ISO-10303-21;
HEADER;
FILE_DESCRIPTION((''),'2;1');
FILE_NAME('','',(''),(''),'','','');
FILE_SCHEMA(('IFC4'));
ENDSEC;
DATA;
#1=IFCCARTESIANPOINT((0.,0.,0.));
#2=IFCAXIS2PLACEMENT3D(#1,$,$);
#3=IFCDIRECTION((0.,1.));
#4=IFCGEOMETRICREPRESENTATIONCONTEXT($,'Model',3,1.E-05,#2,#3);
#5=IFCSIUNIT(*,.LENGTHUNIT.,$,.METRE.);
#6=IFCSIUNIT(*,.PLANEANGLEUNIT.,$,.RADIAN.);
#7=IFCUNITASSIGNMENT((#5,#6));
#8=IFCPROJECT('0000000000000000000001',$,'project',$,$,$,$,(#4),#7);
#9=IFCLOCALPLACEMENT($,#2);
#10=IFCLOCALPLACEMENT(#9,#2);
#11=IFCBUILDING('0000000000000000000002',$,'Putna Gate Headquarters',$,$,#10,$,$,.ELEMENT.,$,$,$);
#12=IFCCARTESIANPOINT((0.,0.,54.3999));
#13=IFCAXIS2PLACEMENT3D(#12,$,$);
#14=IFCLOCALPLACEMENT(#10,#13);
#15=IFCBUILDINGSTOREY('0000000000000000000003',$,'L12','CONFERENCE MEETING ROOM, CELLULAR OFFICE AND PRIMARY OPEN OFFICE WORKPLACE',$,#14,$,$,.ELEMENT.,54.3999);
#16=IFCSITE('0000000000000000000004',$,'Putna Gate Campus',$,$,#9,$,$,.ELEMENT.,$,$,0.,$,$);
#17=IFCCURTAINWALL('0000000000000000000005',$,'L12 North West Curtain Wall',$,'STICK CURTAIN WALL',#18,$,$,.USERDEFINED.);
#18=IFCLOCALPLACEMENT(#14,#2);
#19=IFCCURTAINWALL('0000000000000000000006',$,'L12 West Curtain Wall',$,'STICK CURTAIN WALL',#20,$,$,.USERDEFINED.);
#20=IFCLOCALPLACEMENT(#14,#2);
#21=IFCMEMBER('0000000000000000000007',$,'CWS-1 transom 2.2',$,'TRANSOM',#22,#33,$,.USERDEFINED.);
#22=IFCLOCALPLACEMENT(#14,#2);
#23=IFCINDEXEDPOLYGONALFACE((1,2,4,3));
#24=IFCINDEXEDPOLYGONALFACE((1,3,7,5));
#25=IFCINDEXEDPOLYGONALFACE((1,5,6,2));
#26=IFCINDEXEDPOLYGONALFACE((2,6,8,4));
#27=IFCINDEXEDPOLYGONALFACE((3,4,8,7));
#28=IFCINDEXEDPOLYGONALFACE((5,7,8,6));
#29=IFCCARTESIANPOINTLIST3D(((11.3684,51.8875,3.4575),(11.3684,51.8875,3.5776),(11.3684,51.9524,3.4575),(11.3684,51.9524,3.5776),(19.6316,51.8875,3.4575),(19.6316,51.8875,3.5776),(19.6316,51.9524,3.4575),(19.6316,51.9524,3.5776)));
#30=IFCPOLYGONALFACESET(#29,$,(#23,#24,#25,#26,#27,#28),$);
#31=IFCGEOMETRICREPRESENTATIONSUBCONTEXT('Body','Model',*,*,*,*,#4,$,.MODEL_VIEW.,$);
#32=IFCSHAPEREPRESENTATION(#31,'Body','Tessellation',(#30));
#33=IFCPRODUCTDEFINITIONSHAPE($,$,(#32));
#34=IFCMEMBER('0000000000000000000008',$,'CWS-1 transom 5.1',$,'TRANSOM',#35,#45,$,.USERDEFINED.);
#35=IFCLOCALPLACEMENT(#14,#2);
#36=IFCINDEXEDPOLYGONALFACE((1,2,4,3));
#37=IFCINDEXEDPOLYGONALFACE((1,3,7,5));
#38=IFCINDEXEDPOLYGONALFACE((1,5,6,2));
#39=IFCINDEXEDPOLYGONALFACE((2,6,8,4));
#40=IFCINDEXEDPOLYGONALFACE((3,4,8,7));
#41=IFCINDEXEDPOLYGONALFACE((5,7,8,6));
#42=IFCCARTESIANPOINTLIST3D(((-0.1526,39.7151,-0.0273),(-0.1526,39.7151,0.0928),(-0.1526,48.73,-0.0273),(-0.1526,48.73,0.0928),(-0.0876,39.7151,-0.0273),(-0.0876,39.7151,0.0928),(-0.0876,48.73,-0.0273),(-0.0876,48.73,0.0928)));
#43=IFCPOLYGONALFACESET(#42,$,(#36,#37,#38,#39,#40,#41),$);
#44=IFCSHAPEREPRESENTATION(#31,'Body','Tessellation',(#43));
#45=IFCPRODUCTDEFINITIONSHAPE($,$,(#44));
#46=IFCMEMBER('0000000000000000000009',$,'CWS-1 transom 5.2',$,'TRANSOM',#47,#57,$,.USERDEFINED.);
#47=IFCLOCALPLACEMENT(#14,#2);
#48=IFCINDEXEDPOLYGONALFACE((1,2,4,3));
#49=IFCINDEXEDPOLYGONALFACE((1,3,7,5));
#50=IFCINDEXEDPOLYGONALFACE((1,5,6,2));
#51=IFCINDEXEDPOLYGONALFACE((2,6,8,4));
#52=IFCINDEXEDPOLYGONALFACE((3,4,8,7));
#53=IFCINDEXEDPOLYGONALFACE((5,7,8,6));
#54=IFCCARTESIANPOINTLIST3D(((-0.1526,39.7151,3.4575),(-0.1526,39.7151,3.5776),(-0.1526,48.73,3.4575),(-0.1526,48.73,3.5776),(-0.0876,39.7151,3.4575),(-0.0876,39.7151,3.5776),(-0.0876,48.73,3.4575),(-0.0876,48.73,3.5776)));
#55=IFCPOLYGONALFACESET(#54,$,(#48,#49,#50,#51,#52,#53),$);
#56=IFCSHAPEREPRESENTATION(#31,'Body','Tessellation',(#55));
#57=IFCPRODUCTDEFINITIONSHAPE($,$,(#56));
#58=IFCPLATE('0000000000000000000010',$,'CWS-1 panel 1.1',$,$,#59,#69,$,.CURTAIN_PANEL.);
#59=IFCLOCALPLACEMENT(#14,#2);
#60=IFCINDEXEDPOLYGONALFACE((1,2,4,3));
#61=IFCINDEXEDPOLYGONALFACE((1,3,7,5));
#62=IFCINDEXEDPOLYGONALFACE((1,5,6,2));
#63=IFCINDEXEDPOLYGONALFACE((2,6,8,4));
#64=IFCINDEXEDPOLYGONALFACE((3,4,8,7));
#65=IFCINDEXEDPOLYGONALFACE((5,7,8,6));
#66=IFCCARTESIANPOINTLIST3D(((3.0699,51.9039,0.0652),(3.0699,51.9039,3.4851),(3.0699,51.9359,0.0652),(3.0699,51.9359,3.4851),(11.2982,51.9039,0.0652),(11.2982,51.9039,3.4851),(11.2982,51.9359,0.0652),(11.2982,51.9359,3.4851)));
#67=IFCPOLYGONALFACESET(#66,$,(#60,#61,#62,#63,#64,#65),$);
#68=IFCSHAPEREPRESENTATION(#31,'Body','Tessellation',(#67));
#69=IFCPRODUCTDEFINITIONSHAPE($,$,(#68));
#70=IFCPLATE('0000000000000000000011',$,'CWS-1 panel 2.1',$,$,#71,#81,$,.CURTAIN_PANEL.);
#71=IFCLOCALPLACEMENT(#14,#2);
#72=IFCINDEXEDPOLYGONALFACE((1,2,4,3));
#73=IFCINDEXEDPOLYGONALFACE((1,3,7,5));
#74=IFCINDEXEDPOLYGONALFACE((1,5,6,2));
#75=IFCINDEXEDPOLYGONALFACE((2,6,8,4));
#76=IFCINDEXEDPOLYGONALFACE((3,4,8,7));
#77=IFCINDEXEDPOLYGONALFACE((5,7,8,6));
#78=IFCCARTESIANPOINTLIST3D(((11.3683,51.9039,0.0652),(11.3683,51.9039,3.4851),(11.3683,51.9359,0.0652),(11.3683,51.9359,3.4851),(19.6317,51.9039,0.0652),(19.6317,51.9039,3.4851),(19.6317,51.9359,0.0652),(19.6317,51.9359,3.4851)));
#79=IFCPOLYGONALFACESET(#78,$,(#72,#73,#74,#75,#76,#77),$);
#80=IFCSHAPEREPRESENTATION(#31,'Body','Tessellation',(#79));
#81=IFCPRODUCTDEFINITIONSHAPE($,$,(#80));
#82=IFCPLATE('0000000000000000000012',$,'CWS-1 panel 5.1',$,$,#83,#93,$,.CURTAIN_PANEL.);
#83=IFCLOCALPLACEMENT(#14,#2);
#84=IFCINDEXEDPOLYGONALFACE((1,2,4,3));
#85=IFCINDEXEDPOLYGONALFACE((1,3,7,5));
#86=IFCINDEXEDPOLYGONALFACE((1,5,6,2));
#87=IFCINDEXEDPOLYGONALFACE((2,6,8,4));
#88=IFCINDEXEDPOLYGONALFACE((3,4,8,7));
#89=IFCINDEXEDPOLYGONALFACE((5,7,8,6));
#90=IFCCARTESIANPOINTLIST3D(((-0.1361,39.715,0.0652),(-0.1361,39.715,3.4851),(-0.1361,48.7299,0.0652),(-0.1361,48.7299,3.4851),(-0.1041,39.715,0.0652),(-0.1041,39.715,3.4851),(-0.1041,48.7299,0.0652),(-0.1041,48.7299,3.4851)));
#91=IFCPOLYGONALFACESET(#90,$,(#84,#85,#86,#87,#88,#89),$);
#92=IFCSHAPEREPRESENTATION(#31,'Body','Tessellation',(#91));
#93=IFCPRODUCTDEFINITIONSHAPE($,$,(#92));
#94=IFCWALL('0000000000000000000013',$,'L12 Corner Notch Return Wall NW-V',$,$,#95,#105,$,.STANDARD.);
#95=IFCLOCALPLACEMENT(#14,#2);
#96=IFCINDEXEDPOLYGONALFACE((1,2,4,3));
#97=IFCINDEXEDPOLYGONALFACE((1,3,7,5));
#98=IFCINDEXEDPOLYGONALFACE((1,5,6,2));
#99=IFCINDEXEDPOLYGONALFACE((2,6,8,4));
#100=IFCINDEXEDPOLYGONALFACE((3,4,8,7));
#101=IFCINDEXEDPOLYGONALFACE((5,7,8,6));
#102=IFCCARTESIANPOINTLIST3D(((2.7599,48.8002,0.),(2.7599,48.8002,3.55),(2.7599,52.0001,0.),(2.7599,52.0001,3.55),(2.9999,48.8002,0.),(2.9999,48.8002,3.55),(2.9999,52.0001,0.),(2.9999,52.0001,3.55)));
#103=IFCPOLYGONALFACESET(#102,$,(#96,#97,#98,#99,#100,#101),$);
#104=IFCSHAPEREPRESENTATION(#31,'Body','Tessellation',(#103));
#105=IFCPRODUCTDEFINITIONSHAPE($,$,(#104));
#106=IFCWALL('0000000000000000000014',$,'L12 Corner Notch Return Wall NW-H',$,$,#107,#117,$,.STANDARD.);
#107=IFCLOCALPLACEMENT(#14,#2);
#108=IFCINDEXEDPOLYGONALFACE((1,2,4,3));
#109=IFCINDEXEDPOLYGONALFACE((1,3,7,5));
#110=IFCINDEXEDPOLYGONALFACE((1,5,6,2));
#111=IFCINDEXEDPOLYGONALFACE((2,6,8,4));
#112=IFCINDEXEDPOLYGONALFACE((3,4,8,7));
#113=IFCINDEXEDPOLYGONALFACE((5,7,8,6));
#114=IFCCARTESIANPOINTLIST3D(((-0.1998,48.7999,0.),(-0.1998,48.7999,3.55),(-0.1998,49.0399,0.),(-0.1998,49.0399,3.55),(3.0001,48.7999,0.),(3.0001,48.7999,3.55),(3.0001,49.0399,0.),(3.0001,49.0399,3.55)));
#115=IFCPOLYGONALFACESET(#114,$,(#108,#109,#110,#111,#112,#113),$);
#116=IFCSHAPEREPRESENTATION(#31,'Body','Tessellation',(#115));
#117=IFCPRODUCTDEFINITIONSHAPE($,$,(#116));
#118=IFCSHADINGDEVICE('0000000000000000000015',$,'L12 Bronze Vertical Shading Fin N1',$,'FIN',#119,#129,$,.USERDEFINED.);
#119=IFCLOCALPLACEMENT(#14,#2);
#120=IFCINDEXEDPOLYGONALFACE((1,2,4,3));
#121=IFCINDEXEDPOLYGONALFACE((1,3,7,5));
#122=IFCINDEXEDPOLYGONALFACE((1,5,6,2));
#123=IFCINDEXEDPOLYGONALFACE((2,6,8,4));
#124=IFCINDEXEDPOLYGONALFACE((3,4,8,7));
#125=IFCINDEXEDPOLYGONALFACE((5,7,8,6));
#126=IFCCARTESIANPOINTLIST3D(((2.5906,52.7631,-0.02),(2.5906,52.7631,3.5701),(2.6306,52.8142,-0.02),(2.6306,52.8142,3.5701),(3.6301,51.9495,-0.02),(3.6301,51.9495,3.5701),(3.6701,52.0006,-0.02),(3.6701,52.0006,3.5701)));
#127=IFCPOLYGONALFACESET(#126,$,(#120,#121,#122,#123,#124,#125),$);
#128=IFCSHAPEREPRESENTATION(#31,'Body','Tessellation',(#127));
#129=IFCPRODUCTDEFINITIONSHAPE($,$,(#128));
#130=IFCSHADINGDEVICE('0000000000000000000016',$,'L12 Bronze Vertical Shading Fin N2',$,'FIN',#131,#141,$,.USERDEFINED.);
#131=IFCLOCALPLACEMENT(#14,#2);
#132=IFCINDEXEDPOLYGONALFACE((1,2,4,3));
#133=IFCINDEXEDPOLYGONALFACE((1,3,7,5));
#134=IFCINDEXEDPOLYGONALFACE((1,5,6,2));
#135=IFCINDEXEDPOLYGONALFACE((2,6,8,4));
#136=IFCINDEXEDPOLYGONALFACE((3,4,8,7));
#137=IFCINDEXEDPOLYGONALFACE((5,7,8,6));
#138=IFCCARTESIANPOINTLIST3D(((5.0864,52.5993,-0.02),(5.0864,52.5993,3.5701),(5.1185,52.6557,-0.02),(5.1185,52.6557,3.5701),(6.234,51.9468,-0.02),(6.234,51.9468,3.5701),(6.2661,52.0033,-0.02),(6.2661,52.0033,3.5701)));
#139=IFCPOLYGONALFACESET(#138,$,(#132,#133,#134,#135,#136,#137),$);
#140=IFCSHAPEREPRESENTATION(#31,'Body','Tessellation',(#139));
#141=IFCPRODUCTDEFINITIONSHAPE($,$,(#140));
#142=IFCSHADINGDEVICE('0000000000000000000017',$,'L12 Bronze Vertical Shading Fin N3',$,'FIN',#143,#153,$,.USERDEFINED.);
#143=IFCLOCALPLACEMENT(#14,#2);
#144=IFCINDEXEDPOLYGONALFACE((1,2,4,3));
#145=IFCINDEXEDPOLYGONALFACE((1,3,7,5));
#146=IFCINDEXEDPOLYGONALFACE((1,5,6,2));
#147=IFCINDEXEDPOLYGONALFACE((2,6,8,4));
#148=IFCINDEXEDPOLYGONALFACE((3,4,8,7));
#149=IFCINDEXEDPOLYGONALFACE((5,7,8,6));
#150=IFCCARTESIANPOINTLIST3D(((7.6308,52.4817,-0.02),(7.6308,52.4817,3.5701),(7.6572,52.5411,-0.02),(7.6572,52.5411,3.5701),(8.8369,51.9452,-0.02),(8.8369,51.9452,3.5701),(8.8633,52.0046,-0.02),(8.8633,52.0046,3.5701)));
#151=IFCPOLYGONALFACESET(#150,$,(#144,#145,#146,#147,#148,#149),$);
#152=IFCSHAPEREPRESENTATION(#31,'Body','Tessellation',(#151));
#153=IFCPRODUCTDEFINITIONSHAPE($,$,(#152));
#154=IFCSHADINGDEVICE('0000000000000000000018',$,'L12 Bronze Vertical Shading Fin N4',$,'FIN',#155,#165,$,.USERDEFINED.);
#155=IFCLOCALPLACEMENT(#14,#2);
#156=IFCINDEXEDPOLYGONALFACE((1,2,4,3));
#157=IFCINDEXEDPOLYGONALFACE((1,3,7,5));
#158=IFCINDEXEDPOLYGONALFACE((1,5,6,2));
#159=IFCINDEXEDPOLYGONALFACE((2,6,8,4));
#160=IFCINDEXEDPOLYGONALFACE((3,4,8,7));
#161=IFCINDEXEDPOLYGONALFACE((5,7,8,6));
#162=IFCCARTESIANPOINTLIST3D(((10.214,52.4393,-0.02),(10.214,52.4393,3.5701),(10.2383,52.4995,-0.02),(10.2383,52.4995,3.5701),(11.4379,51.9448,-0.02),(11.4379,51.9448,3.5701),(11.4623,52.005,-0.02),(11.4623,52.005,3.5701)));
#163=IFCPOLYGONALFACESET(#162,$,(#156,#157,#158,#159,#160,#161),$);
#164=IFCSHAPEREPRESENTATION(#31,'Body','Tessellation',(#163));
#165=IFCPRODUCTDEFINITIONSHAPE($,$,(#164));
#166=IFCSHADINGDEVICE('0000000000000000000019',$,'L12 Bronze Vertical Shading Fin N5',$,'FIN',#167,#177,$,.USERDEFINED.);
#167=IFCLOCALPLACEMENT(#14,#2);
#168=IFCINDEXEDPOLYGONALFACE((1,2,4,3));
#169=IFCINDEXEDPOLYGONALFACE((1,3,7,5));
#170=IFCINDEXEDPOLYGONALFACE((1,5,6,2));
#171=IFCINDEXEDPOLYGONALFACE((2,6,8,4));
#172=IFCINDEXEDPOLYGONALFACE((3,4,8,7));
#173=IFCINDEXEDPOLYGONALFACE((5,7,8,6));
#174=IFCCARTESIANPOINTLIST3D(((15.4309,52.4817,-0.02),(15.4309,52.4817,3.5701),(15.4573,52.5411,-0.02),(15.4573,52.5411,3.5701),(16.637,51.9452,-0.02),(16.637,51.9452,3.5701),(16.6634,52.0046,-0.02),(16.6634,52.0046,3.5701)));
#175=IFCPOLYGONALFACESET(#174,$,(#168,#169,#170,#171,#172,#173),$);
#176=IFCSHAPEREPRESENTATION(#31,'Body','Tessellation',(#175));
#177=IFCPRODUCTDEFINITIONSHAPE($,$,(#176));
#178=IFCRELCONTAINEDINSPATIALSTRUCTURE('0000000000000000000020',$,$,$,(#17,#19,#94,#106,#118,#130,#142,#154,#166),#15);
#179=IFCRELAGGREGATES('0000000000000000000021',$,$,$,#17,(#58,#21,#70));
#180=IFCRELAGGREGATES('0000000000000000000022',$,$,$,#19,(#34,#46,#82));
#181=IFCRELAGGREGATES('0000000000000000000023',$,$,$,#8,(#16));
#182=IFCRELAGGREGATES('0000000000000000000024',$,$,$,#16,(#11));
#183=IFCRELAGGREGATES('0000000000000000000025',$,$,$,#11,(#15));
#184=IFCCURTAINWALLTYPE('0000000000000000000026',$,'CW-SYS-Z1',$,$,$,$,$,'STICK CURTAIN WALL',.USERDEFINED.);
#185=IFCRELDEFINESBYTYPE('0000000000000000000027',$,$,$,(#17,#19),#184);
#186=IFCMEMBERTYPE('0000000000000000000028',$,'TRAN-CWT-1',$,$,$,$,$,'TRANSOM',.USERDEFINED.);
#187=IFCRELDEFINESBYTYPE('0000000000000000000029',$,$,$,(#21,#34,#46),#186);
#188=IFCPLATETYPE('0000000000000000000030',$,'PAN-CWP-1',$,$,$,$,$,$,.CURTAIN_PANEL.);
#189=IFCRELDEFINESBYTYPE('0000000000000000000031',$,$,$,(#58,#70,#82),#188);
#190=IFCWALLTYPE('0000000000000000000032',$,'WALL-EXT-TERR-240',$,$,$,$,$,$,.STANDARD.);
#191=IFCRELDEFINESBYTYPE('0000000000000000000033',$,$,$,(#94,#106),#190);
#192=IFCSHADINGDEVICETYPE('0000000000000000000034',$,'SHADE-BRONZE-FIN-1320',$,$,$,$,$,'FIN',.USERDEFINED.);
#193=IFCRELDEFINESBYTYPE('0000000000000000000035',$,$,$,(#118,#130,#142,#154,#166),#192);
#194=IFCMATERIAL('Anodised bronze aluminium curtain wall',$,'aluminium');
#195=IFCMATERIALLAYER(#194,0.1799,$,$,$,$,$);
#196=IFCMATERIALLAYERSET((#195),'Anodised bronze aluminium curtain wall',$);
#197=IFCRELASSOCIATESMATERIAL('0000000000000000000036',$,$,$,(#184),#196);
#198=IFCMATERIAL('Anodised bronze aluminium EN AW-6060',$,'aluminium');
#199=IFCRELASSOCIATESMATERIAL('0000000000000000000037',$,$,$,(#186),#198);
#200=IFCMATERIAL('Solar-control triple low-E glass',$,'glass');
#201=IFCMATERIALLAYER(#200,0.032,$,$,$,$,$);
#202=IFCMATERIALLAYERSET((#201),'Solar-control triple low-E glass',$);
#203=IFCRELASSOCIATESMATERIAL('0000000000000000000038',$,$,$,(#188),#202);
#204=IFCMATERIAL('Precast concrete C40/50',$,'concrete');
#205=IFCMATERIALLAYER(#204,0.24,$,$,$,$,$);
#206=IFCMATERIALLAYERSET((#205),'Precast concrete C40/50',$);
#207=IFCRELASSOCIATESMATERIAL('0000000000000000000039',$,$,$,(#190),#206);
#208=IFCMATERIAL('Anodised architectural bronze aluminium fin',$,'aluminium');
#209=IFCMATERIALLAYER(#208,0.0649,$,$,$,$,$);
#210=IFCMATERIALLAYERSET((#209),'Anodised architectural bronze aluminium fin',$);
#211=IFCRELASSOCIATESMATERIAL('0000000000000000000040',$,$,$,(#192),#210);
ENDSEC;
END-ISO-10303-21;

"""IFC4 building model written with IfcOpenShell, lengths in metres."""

from ifc_helpers import new_model, si_unit, direction, frame, frame_2d, origin, origin_2d, place, context, subcontext, project, spatial, rectangle, extrude, material, layer, layer_set, material_profile, profile_set, type_object, element, aggregate, save


model = new_model("IFC4")

# Units and contexts
model_context = context("Model", 3, precision=1e-05, world=origin(), true_north=direction((0.0, 1.0)))
body_context = subcontext(model_context, "Body", "Model", "MODEL_VIEW")
ifc_project = project(units=[si_unit("LENGTHUNIT", "METRE"), si_unit("PLANEANGLEUNIT", "RADIAN")], contexts=[model_context])

# Site, building, storey
site_placement = place(None, origin())
site = spatial("IfcSite", under=ifc_project, at=site_placement, Name="Putna Gate Campus", CompositionType="ELEMENT", RefElevation=0.0)
building_placement = place(site_placement, origin())
building = spatial("IfcBuilding", under=site, at=building_placement, Name="Putna Gate Headquarters", CompositionType="ELEMENT")
storey_placement = place(building_placement, frame((0.0, 0.0, 54.3999)))
storey = spatial("IfcBuildingStorey", under=building, at=storey_placement, Name="L12", Description="CONFERENCE MEETING ROOM, CELLULAR OFFICE AND PRIMARY OPEN OFFICE WORKPLACE", CompositionType="ELEMENT", Elevation=54.3999)

# Curtain wall
ifc_material_1 = material(Name="Anodised bronze aluminium curtain wall", Category="aluminium")
ifc_layer_1 = layer(ifc_material_1, 0.1799)
ifc_layer_set_1 = layer_set([ifc_layer_1], Name="Anodised bronze aluminium curtain wall")
curtain_wall_type = type_object("IfcCurtainWallType", Name="CW-SYS-Z1", ElementType="STICK CURTAIN WALL", PredefinedType="USERDEFINED", material=ifc_layer_set_1)
curtain_wall_1_placement = place(storey_placement, origin())
curtain_wall_1 = element("IfcCurtainWall", 1, at=curtain_wall_1_placement, inside=storey, type_object=curtain_wall_type, Name="L12 North West Curtain Wall", ObjectType="STICK CURTAIN WALL", PredefinedType="USERDEFINED")
ifc_material_2 = material(Name="Anodised bronze aluminium EN AW-6060", Category="aluminium")

# Curtain wall
curtain_wall_2_placement = place(storey_placement, origin())
curtain_wall_2 = element("IfcCurtainWall", 2, at=curtain_wall_2_placement, inside=storey, type_object=curtain_wall_type, Name="L12 West Curtain Wall", ObjectType="STICK CURTAIN WALL", PredefinedType="USERDEFINED")

# Members
ifc_material_profile_1 = material_profile(ifc_material_2, rectangle(XDim=0.0649, YDim=0.1201, at=origin_2d()), Name="Anodised bronze aluminium EN AW-6060")
ifc_profile_set_1 = profile_set([ifc_material_profile_1], Name="Anodised bronze aluminium EN AW-6060")
member_type_1 = type_object("IfcMemberType", Name="TRAN-CWT-1", ElementType="TRANSOM", PredefinedType="USERDEFINED", material=ifc_profile_set_1)
member_1_placement = place(storey_placement, frame((11.3684, 51.9199, 3.5176), z_axis=(1.0, 0.0, 0.0), x_axis=(0.0, 1.0, 0.0)))
member_1 = element("IfcMember", 3, at=member_1_placement, type_object=member_type_1, Name="CWS-1 transom 2.2", ObjectType="TRANSOM", PredefinedType="USERDEFINED", context=body_context, shape_type="SweptSolid", body=[
    extrude(rectangle(XDim=0.0649, YDim=0.1201, at=origin_2d()), origin(), (0.0, 0.0, 1.0), 8.2632),
])
member_2_placement = place(storey_placement, frame((-0.1201, 39.7151, 0.0327), z_axis=(0.0, 1.0, 0.0), x_axis=(-1.0, 0.0, 0.0)))
member_2 = element("IfcMember", 4, at=member_2_placement, type_object=member_type_1, Name="CWS-1 transom 5.1", ObjectType="TRANSOM", PredefinedType="USERDEFINED", context=body_context, shape_type="SweptSolid", body=[
    extrude(rectangle(XDim=0.0649, YDim=0.1201, at=origin_2d()), origin(), (0.0, 0.0, 1.0), 9.0149),
])
member_3_placement = place(storey_placement, frame((-0.1201, 39.7151, 3.5176), z_axis=(0.0, 1.0, 0.0), x_axis=(-1.0, 0.0, 0.0)))
member_3 = element("IfcMember", 5, at=member_3_placement, type_object=member_type_1, Name="CWS-1 transom 5.2", ObjectType="TRANSOM", PredefinedType="USERDEFINED", context=body_context, shape_type="SweptSolid", body=[
    extrude(rectangle(XDim=0.0649, YDim=0.1201, at=origin_2d()), origin(), (0.0, 0.0, 1.0), 9.0149),
])

# Plates
ifc_material_3 = material(Name="Solar-control triple low-E glass", Category="glass")
ifc_layer_2 = layer(ifc_material_3, 0.032)
ifc_layer_set_2 = layer_set([ifc_layer_2], Name="Solar-control triple low-E glass")
plate_type = type_object("IfcPlateType", Name="PAN-CWP-1", PredefinedType="CURTAIN_PANEL", material=ifc_layer_set_2)
plate_1_placement = place(storey_placement, frame((7.1841, 51.9199, 0.0652), z_axis=(0.0, 0.0, 1.0), x_axis=(1.0, 0.0, 0.0)))
plate_1 = element("IfcPlate", 6, at=plate_1_placement, type_object=plate_type, Name="CWS-1 panel 1.1", PredefinedType="CURTAIN_PANEL", context=body_context, shape_type="SweptSolid", body=[
    extrude(rectangle(XDim=8.2283, YDim=0.032, at=origin_2d()), origin(), (0.0, 0.0, 1.0), 3.4199),
])
plate_2_placement = place(storey_placement, frame((15.5, 51.9199, 0.0652), z_axis=(0.0, 0.0, 1.0), x_axis=(1.0, 0.0, 0.0)))
plate_2 = element("IfcPlate", 7, at=plate_2_placement, type_object=plate_type, Name="CWS-1 panel 2.1", PredefinedType="CURTAIN_PANEL", context=body_context, shape_type="SweptSolid", body=[
    extrude(rectangle(XDim=8.2634, YDim=0.032, at=origin_2d()), origin(), (0.0, 0.0, 1.0), 3.4199),
])
aggregate(curtain_wall_1, [plate_1, member_1, plate_2])
plate_3_placement = place(storey_placement, frame((-0.1201, 44.2224, 0.0652), z_axis=(0.0, 0.0, 1.0), x_axis=(0.0, 1.0, 0.0)))
plate_3 = element("IfcPlate", 8, at=plate_3_placement, type_object=plate_type, Name="CWS-1 panel 5.1", PredefinedType="CURTAIN_PANEL", context=body_context, shape_type="SweptSolid", body=[
    extrude(rectangle(XDim=9.0149, YDim=0.032, at=origin_2d()), origin(), (0.0, 0.0, 1.0), 3.4199),
])
aggregate(curtain_wall_2, [member_2, member_3, plate_3])

# Walls
ifc_material_4 = material(Name="Precast concrete C40/50", Category="concrete")
ifc_layer_3 = layer(ifc_material_4, 0.24)
ifc_layer_set_3 = layer_set([ifc_layer_3], Name="Precast concrete C40/50")
wall_type = type_object("IfcWallType", Name="WALL-EXT-TERR-240", PredefinedType="STANDARD", material=ifc_layer_set_3)
for number, where, z_axis, x_axis, name in (
    (9, (2.8799, 48.8, 0.0), (0.0, 0.0, 1.0), (0.0, 1.0, 0.0), "L12 Corner Notch Return Wall NW-V"),
    (10, (-0.2, 48.9199, 0.0), (0.0, 0.0, 1.0), (1.0, 0.0, 0.0), "L12 Corner Notch Return Wall NW-H"),
):
    element("IfcWall", number, at=place(storey_placement, frame(where, z_axis=z_axis, x_axis=x_axis)), inside=storey, type_object=wall_type, Name=name, PredefinedType="STANDARD", context=body_context, shape_type="SweptSolid", body=[
        extrude(rectangle(XDim=3.2, YDim=0.24, at=frame_2d((1.6001, 0.0))), origin(), (0.0, 0.0, 1.0), 3.55),
    ])

# Shading devices
ifc_material_5 = material(Name="Anodised architectural bronze aluminium fin", Category="aluminium")
ifc_layer_4 = layer(ifc_material_5, 0.0649)
ifc_layer_set_4 = layer_set([ifc_layer_4], Name="Anodised architectural bronze aluminium fin")
shading_device_type = type_object("IfcShadingDeviceType", Name="SHADE-BRONZE-FIN-1320", ElementType="FIN", PredefinedType="USERDEFINED", material=ifc_layer_set_4)
for number, where, z_axis, x_axis, name in (
    (11, (3.1304, 52.3818, -0.02), (0.0, 0.0, 1.0), (-0.787473, 0.616349, 0.0), "L12 Bronze Vertical Shading Fin N1"),
    (12, (5.6763, 52.3013, -0.02), (0.0, 0.0, 1.0), (-0.869322, 0.494245, 0.0), "L12 Bronze Vertical Shading Fin N2"),
    (13, (8.2471, 52.2432, -0.02), (0.0, 0.0, 1.0), (-0.913687, 0.406418, 0.0), "L12 Bronze Vertical Shading Fin N3"),
    (14, (10.8381, 52.2222, -0.02), (0.0, 0.0, 1.0), (-0.927184, 0.374607, 0.0), "L12 Bronze Vertical Shading Fin N4"),
    (15, (16.0471, 52.2432, -0.02), (0.0, 0.0, 1.0), (-0.913687, 0.406418, 0.0), "L12 Bronze Vertical Shading Fin N5"),
):
    element("IfcShadingDevice", number, at=place(storey_placement, frame(where, z_axis=z_axis, x_axis=x_axis)), inside=storey, type_object=shading_device_type, Name=name, ObjectType="FIN", PredefinedType="USERDEFINED", context=body_context, shape_type="SweptSolid", body=[
        extrude(rectangle(XDim=1.3201, YDim=0.0649, at=origin_2d()), origin(), (0.0, 0.0, 1.0), 3.5901),
    ])

save(model, "model.ifc")
